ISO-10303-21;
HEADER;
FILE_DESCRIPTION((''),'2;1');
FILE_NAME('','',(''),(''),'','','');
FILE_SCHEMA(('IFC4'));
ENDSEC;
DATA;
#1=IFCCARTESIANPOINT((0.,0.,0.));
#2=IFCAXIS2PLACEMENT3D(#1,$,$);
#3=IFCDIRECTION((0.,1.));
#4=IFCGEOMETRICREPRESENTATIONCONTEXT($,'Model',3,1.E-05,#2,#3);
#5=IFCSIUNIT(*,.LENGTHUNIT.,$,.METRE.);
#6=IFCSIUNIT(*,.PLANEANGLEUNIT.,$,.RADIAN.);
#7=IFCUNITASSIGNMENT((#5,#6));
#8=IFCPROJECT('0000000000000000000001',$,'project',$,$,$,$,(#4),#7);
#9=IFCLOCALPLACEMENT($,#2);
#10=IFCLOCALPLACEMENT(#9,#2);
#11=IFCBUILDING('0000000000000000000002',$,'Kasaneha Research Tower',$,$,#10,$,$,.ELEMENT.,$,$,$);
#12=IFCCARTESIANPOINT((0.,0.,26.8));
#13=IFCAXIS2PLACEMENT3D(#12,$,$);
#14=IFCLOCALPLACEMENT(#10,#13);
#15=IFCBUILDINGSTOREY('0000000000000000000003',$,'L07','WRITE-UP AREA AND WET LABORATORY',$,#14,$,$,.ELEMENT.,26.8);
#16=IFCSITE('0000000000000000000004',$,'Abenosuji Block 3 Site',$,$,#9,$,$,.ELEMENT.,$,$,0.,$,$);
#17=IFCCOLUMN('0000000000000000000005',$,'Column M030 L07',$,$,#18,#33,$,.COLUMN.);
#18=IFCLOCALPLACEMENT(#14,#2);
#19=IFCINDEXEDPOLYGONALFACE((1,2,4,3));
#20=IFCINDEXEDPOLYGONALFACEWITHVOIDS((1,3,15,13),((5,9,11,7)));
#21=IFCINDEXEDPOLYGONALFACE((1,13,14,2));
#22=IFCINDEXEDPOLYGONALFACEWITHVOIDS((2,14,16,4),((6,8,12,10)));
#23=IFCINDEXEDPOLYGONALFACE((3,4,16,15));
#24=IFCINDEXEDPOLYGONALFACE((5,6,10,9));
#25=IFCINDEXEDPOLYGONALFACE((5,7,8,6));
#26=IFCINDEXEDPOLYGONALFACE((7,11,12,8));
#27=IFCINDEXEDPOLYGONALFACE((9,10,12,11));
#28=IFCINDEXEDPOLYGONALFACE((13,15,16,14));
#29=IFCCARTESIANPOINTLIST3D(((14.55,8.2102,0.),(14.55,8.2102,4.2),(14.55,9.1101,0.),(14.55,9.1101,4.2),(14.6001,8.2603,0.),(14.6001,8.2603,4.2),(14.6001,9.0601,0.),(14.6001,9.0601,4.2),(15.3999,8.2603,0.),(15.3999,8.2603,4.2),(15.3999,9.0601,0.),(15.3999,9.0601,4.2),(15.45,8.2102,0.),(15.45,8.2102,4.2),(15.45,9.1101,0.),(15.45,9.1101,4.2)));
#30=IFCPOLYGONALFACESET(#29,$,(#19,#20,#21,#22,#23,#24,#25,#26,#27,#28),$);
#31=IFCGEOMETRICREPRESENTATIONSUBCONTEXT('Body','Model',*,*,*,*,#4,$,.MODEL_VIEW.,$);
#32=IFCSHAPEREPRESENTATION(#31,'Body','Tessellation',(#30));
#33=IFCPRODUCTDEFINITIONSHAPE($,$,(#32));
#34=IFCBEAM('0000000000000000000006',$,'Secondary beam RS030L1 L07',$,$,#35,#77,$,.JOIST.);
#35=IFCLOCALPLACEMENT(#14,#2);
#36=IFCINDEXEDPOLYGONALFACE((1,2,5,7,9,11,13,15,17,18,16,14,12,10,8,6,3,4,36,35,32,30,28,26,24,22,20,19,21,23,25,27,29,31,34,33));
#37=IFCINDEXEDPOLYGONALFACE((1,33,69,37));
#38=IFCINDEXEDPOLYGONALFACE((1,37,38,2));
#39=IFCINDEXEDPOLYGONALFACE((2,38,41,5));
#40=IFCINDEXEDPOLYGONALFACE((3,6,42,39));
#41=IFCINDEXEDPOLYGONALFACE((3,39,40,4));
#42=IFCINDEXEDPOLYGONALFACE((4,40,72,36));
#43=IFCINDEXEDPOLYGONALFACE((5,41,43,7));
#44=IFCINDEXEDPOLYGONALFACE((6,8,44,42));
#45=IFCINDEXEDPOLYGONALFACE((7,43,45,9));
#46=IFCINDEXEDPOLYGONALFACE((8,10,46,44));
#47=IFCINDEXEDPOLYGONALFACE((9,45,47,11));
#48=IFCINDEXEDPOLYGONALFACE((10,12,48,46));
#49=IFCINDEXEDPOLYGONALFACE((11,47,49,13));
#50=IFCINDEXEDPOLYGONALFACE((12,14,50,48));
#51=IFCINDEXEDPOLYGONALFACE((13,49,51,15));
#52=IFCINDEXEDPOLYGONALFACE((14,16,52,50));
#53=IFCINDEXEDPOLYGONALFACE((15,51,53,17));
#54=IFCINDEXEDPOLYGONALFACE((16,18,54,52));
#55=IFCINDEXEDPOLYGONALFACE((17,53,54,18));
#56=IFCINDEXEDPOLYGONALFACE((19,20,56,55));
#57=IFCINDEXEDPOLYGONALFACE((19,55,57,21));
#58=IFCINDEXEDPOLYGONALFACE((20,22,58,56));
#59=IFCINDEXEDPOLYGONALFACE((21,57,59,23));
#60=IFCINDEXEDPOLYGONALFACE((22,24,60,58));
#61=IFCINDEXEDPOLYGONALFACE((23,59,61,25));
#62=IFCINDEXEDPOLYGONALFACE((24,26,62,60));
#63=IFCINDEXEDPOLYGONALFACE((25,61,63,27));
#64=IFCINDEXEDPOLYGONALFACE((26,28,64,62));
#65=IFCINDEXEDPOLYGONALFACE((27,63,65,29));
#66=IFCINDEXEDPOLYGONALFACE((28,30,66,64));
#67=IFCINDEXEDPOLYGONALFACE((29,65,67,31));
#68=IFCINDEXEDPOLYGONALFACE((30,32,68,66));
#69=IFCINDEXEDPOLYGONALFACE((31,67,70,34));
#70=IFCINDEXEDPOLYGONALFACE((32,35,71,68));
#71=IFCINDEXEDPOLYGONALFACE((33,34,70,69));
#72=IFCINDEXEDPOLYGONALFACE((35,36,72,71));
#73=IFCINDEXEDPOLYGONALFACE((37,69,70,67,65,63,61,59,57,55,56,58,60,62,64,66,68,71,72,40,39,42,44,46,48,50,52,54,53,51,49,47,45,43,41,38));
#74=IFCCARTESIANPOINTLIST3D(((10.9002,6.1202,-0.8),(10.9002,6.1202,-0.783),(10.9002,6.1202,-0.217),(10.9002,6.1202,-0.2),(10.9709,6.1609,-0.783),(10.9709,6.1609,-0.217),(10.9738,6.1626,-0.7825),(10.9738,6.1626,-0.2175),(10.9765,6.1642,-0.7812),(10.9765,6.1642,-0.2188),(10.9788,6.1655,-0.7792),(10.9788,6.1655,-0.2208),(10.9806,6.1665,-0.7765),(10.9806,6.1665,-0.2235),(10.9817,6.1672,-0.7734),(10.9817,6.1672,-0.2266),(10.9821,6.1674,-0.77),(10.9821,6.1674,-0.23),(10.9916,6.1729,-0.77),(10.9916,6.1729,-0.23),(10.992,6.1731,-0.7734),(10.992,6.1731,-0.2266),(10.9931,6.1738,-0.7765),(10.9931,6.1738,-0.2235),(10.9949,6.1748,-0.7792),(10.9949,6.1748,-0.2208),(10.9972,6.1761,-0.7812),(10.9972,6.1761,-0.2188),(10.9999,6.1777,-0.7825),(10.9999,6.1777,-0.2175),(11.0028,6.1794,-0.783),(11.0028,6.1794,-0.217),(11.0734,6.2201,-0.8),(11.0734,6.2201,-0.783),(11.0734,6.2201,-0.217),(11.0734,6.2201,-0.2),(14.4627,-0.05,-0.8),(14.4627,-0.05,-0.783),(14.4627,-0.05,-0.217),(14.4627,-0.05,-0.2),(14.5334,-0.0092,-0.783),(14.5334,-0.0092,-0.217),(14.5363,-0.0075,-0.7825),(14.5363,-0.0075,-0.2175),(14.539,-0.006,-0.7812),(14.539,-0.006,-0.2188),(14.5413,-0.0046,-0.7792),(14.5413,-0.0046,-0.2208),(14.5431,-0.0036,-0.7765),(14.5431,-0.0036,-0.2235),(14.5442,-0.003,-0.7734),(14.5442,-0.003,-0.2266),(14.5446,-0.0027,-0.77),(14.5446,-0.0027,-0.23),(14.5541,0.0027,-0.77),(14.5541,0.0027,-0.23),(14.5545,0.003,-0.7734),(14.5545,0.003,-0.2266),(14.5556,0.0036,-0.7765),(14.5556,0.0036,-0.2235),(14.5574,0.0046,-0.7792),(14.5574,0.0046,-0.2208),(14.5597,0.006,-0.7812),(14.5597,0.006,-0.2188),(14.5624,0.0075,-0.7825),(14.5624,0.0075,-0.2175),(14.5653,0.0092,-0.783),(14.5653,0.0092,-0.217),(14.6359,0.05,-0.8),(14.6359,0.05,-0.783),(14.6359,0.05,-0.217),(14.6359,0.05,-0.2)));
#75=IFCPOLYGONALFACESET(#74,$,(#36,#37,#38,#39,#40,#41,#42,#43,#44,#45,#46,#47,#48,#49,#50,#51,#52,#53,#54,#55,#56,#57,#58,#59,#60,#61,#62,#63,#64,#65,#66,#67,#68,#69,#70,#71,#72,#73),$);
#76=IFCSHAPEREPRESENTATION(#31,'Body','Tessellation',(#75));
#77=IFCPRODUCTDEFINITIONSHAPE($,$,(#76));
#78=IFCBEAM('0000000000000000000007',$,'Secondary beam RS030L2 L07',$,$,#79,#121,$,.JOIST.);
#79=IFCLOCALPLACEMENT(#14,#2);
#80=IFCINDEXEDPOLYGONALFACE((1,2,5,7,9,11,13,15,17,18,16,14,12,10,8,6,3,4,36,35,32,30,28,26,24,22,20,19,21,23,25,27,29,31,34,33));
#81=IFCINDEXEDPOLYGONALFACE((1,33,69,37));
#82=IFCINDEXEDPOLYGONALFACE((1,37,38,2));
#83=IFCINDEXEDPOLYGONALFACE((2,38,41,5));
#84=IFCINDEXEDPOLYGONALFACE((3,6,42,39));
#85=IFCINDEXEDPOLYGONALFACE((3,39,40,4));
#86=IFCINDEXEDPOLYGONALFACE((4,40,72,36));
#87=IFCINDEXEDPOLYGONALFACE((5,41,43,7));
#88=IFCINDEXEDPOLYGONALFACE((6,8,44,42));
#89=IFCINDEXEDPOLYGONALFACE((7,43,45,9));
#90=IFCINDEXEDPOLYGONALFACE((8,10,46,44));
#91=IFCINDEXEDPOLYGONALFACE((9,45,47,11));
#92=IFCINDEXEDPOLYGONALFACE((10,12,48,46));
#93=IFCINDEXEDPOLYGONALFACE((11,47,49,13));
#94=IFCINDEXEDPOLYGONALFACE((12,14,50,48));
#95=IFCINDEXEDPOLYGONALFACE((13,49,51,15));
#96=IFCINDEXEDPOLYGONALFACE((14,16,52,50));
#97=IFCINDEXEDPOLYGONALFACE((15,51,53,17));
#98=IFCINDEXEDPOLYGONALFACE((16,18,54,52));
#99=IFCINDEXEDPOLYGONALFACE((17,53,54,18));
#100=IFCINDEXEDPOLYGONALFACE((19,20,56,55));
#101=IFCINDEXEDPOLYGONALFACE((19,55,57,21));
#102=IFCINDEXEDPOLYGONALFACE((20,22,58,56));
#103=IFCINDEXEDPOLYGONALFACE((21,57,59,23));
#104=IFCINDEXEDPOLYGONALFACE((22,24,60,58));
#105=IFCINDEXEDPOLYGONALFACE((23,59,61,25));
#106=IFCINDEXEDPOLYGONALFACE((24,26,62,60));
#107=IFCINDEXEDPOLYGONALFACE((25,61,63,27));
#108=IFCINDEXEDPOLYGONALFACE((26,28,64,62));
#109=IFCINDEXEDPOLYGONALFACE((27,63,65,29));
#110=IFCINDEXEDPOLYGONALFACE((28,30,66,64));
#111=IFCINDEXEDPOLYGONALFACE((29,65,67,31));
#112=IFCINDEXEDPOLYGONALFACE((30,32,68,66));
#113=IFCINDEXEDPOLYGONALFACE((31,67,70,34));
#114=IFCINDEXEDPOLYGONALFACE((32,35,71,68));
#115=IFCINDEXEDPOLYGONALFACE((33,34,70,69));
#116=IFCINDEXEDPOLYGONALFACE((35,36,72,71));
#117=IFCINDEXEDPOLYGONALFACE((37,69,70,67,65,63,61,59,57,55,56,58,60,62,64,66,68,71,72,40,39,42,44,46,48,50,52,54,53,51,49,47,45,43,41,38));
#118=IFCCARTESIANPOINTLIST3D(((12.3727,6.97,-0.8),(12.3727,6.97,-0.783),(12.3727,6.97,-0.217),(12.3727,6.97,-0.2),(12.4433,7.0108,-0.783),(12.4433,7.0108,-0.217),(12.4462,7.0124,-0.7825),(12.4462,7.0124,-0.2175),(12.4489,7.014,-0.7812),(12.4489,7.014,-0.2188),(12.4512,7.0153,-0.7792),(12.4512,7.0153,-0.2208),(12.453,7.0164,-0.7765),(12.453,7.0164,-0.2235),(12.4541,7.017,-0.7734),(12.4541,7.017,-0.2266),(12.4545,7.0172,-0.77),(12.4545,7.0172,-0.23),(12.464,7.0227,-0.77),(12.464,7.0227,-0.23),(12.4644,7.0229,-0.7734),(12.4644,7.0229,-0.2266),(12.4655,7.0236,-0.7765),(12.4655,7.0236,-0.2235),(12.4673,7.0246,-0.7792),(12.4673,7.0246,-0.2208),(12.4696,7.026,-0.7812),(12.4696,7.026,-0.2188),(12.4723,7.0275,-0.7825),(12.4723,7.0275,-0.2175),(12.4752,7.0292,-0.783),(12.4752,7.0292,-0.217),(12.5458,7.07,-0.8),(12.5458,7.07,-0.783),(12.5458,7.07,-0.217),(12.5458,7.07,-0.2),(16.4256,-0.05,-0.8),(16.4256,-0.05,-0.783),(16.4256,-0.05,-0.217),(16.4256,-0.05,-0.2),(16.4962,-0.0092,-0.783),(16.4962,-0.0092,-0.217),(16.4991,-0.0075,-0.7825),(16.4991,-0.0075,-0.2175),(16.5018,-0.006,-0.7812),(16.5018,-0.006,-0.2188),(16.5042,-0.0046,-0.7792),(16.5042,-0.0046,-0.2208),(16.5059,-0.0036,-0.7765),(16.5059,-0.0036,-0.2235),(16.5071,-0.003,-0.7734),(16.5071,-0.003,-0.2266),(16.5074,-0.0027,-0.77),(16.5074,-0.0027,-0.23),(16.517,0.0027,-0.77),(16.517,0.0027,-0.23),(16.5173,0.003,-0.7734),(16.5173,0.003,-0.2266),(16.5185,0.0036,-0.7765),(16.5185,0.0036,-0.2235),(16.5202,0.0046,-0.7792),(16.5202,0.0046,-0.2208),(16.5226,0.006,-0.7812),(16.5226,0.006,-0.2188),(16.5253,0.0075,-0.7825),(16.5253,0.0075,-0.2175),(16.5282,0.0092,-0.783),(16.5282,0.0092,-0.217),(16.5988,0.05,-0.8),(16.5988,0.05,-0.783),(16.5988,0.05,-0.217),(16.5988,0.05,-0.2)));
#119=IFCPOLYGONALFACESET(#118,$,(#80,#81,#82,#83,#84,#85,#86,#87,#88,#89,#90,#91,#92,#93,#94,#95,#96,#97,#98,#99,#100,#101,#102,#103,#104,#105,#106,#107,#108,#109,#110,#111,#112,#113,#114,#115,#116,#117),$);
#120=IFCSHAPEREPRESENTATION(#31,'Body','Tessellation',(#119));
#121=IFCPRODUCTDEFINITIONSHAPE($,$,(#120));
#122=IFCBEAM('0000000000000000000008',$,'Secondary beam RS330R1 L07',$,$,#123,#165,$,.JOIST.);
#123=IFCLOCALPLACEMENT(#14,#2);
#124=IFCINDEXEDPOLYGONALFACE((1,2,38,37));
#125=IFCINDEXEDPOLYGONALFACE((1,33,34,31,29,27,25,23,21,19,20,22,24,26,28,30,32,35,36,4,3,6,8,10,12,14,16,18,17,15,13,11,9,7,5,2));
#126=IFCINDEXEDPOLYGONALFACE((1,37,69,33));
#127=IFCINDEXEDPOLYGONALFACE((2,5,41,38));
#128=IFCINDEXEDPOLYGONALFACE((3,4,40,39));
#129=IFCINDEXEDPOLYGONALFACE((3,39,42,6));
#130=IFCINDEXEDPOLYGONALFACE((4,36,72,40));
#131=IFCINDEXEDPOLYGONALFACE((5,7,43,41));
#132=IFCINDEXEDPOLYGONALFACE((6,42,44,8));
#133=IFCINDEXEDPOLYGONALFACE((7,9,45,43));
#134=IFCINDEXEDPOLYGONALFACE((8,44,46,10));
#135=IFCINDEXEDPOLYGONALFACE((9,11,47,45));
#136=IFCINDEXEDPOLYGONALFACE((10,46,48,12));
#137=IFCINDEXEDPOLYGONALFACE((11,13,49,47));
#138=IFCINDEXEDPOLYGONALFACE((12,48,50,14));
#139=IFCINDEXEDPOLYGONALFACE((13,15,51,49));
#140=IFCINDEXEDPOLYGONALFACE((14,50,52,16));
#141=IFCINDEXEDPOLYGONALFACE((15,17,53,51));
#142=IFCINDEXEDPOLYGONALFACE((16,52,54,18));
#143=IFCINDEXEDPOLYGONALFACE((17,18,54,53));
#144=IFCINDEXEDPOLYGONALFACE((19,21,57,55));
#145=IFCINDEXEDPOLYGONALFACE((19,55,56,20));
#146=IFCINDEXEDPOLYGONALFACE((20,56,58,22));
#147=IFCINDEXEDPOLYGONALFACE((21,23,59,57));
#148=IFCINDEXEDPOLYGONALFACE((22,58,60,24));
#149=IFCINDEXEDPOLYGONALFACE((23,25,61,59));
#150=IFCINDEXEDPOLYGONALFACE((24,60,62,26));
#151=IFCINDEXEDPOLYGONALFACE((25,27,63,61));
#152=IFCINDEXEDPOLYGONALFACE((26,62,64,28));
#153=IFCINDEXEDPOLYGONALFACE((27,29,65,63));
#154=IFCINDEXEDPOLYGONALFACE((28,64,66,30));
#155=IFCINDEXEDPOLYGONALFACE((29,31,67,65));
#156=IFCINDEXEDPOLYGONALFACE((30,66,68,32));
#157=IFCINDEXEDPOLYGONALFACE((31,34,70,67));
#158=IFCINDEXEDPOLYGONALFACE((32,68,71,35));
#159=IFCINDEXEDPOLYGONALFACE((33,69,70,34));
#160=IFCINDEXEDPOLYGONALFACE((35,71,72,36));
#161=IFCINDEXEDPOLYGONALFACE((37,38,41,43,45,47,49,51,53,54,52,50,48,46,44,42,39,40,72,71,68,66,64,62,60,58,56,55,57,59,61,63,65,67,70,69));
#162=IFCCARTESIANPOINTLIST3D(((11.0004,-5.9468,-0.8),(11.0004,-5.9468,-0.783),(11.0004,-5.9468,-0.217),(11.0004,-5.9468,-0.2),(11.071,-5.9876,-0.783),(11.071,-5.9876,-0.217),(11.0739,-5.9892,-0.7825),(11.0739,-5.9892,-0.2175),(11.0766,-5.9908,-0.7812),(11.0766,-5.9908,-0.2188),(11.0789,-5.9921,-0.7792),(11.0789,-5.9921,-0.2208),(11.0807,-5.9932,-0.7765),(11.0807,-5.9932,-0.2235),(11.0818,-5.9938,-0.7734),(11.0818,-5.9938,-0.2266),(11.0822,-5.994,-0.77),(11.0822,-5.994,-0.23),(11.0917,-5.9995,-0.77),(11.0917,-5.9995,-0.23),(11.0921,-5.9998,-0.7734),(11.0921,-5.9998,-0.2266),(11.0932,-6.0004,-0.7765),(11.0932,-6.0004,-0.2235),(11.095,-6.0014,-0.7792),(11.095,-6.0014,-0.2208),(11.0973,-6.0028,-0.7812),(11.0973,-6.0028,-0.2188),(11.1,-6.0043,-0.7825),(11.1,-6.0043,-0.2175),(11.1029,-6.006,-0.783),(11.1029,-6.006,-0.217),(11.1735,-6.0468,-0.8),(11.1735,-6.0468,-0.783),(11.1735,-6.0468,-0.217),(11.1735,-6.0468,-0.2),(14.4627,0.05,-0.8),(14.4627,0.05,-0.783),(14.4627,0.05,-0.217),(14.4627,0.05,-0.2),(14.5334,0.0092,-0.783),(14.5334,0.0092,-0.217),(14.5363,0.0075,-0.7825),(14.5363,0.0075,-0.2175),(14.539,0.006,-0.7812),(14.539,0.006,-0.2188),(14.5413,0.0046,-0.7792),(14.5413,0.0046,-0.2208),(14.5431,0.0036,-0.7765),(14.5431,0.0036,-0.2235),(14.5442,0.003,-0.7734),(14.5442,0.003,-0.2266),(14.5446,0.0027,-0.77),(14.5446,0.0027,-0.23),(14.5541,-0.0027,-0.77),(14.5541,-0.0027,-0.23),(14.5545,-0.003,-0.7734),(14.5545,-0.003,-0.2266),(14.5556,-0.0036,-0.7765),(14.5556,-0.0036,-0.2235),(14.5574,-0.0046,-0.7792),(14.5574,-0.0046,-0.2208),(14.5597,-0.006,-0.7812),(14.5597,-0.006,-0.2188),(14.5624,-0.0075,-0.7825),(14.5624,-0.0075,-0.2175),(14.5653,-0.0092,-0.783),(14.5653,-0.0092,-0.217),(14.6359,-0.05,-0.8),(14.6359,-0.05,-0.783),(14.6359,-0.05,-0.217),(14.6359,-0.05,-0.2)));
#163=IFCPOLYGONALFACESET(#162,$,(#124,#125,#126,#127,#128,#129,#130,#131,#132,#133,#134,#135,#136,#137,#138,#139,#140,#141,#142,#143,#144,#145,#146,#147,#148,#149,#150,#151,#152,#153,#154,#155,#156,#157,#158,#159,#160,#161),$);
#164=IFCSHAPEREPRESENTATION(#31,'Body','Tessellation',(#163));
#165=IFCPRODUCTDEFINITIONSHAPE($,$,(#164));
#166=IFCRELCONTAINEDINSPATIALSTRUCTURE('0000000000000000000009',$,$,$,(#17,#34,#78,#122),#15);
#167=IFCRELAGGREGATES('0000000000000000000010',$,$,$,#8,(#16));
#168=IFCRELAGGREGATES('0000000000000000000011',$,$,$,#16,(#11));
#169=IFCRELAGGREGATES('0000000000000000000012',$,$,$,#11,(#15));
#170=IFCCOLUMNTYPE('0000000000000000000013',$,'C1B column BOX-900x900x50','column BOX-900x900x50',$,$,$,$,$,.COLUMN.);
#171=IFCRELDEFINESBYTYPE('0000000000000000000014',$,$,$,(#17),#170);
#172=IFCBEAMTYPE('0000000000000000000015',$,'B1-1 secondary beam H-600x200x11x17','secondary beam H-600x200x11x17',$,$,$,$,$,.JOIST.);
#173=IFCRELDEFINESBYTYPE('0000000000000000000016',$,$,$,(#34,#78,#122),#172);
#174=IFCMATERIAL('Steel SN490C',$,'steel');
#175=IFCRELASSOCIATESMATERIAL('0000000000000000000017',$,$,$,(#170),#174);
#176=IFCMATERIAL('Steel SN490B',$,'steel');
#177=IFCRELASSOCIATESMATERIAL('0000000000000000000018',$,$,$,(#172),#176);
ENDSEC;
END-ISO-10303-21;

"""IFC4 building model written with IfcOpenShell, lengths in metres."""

from ifc_helpers import new_model, si_unit, direction, frame, origin, origin_2d, place, context, subcontext, project, spatial, hollow_rectangle, i_section, extrude, material, material_profile, profile_set, type_object, element, save


model = new_model("IFC4")

# Units and contexts
model_context = context("Model", 3, precision=1e-05, world=origin(), true_north=direction((0.0, 1.0)))
body_context = subcontext(model_context, "Body", "Model", "MODEL_VIEW")
ifc_project = project(units=[si_unit("LENGTHUNIT", "METRE"), si_unit("PLANEANGLEUNIT", "RADIAN")], contexts=[model_context])

# Site, building, storey
site_placement = place(None, origin())
site = spatial("IfcSite", under=ifc_project, at=site_placement, Name="Abenosuji Block 3 Site", CompositionType="ELEMENT", RefElevation=0.0)
building_placement = place(site_placement, origin())
building = spatial("IfcBuilding", under=site, at=building_placement, Name="Kasaneha Research Tower", CompositionType="ELEMENT")
storey_placement = place(building_placement, frame((0.0, 0.0, 26.8)))
storey = spatial("IfcBuildingStorey", under=building, at=storey_placement, Name="L07", Description="WRITE-UP AREA AND WET LABORATORY", CompositionType="ELEMENT", Elevation=26.8)

# Column
ifc_material_1 = material(Name="Steel SN490C", Category="steel")
ifc_material_profile_1 = material_profile(ifc_material_1, hollow_rectangle(XDim=0.8999, YDim=0.8999, WallThickness=0.05, at=origin_2d()), Name="BOX-900x900x50")
ifc_profile_set_1 = profile_set([ifc_material_profile_1], Name="Steel SN490C")
column_type = type_object("IfcColumnType", Name="C1B column BOX-900x900x50", Description="column BOX-900x900x50", PredefinedType="COLUMN", material=ifc_profile_set_1)
column_placement = place(storey_placement, frame((15.0, 8.6602, 0.0), z_axis=(0.0, 0.0, 1.0), x_axis=(1.0, 0.0, 0.0)))
element("IfcColumn", 1, at=column_placement, inside=storey, type_object=column_type, Name="Column M030 L07", PredefinedType="COLUMN", context=body_context, shape_type="SweptSolid", body=[
    extrude(hollow_rectangle(XDim=0.8999, YDim=0.8999, WallThickness=0.05, at=origin_2d()), origin(), (0.0, 0.0, 1.0), 4.2),
])

# Beams
ifc_material_2 = material(Name="Steel SN490B", Category="steel")
ifc_material_profile_2 = material_profile(ifc_material_2, i_section(OverallWidth=0.2, OverallDepth=0.6001, WebThickness=0.011, FlangeThickness=0.0171, FilletRadius=0.0129, at=origin_2d()), Name="H-600x200x11x17")
ifc_profile_set_2 = profile_set([ifc_material_profile_2], Name="Steel SN490B")
beam_type_1 = type_object("IfcBeamType", Name="B1-1 secondary beam H-600x200x11x17", Description="secondary beam H-600x200x11x17", PredefinedType="JOIST", material=ifc_profile_set_2)
beam_1_placement = place(storey_placement, frame((14.5493, 0.0, -0.5), z_axis=(-0.500016, 0.866016, 0.0), x_axis=(-0.866016, -0.500016, 0.0)))
element("IfcBeam", 2, at=beam_1_placement, inside=storey, type_object=beam_type_1, Name="Secondary beam RS030L1 L07", PredefinedType="JOIST", context=body_context, shape_type="SweptSolid", body=[
    extrude(i_section(OverallWidth=0.2, OverallDepth=0.6001, WebThickness=0.011, FlangeThickness=0.0171, FilletRadius=0.0129, at=origin_2d()), origin(), (0.0, 0.0, 1.0), 7.1248),
])
beam_2_placement = place(storey_placement, frame((16.5122, 0.0, -0.5), z_axis=(-0.499997, 0.866027, 0.0), x_axis=(-0.866027, -0.499997, 0.0)))
element("IfcBeam", 3, at=beam_2_placement, inside=storey, type_object=beam_type_1, Name="Secondary beam RS030L2 L07", PredefinedType="JOIST", context=body_context, shape_type="SweptSolid", body=[
    extrude(i_section(OverallWidth=0.2, OverallDepth=0.6001, WebThickness=0.011, FlangeThickness=0.0171, FilletRadius=0.0129, at=origin_2d()), origin(), (0.0, 0.0, 1.0), 8.106),
])
beam_3_placement = place(storey_placement, frame((14.5493, 0.0, -0.5), z_axis=(-0.500014, -0.866017, 0.0), x_axis=(0.866017, -0.500014, 0.0)))
element("IfcBeam", 4, at=beam_3_placement, inside=storey, type_object=beam_type_1, Name="Secondary beam RS330R1 L07", PredefinedType="JOIST", context=body_context, shape_type="SweptSolid", body=[
    extrude(i_section(OverallWidth=0.2, OverallDepth=0.6001, WebThickness=0.011, FlangeThickness=0.0171, FilletRadius=0.0129, at=origin_2d()), origin(), (0.0, 0.0, 1.0), 6.9246),
])

save(model, "model.ifc")
